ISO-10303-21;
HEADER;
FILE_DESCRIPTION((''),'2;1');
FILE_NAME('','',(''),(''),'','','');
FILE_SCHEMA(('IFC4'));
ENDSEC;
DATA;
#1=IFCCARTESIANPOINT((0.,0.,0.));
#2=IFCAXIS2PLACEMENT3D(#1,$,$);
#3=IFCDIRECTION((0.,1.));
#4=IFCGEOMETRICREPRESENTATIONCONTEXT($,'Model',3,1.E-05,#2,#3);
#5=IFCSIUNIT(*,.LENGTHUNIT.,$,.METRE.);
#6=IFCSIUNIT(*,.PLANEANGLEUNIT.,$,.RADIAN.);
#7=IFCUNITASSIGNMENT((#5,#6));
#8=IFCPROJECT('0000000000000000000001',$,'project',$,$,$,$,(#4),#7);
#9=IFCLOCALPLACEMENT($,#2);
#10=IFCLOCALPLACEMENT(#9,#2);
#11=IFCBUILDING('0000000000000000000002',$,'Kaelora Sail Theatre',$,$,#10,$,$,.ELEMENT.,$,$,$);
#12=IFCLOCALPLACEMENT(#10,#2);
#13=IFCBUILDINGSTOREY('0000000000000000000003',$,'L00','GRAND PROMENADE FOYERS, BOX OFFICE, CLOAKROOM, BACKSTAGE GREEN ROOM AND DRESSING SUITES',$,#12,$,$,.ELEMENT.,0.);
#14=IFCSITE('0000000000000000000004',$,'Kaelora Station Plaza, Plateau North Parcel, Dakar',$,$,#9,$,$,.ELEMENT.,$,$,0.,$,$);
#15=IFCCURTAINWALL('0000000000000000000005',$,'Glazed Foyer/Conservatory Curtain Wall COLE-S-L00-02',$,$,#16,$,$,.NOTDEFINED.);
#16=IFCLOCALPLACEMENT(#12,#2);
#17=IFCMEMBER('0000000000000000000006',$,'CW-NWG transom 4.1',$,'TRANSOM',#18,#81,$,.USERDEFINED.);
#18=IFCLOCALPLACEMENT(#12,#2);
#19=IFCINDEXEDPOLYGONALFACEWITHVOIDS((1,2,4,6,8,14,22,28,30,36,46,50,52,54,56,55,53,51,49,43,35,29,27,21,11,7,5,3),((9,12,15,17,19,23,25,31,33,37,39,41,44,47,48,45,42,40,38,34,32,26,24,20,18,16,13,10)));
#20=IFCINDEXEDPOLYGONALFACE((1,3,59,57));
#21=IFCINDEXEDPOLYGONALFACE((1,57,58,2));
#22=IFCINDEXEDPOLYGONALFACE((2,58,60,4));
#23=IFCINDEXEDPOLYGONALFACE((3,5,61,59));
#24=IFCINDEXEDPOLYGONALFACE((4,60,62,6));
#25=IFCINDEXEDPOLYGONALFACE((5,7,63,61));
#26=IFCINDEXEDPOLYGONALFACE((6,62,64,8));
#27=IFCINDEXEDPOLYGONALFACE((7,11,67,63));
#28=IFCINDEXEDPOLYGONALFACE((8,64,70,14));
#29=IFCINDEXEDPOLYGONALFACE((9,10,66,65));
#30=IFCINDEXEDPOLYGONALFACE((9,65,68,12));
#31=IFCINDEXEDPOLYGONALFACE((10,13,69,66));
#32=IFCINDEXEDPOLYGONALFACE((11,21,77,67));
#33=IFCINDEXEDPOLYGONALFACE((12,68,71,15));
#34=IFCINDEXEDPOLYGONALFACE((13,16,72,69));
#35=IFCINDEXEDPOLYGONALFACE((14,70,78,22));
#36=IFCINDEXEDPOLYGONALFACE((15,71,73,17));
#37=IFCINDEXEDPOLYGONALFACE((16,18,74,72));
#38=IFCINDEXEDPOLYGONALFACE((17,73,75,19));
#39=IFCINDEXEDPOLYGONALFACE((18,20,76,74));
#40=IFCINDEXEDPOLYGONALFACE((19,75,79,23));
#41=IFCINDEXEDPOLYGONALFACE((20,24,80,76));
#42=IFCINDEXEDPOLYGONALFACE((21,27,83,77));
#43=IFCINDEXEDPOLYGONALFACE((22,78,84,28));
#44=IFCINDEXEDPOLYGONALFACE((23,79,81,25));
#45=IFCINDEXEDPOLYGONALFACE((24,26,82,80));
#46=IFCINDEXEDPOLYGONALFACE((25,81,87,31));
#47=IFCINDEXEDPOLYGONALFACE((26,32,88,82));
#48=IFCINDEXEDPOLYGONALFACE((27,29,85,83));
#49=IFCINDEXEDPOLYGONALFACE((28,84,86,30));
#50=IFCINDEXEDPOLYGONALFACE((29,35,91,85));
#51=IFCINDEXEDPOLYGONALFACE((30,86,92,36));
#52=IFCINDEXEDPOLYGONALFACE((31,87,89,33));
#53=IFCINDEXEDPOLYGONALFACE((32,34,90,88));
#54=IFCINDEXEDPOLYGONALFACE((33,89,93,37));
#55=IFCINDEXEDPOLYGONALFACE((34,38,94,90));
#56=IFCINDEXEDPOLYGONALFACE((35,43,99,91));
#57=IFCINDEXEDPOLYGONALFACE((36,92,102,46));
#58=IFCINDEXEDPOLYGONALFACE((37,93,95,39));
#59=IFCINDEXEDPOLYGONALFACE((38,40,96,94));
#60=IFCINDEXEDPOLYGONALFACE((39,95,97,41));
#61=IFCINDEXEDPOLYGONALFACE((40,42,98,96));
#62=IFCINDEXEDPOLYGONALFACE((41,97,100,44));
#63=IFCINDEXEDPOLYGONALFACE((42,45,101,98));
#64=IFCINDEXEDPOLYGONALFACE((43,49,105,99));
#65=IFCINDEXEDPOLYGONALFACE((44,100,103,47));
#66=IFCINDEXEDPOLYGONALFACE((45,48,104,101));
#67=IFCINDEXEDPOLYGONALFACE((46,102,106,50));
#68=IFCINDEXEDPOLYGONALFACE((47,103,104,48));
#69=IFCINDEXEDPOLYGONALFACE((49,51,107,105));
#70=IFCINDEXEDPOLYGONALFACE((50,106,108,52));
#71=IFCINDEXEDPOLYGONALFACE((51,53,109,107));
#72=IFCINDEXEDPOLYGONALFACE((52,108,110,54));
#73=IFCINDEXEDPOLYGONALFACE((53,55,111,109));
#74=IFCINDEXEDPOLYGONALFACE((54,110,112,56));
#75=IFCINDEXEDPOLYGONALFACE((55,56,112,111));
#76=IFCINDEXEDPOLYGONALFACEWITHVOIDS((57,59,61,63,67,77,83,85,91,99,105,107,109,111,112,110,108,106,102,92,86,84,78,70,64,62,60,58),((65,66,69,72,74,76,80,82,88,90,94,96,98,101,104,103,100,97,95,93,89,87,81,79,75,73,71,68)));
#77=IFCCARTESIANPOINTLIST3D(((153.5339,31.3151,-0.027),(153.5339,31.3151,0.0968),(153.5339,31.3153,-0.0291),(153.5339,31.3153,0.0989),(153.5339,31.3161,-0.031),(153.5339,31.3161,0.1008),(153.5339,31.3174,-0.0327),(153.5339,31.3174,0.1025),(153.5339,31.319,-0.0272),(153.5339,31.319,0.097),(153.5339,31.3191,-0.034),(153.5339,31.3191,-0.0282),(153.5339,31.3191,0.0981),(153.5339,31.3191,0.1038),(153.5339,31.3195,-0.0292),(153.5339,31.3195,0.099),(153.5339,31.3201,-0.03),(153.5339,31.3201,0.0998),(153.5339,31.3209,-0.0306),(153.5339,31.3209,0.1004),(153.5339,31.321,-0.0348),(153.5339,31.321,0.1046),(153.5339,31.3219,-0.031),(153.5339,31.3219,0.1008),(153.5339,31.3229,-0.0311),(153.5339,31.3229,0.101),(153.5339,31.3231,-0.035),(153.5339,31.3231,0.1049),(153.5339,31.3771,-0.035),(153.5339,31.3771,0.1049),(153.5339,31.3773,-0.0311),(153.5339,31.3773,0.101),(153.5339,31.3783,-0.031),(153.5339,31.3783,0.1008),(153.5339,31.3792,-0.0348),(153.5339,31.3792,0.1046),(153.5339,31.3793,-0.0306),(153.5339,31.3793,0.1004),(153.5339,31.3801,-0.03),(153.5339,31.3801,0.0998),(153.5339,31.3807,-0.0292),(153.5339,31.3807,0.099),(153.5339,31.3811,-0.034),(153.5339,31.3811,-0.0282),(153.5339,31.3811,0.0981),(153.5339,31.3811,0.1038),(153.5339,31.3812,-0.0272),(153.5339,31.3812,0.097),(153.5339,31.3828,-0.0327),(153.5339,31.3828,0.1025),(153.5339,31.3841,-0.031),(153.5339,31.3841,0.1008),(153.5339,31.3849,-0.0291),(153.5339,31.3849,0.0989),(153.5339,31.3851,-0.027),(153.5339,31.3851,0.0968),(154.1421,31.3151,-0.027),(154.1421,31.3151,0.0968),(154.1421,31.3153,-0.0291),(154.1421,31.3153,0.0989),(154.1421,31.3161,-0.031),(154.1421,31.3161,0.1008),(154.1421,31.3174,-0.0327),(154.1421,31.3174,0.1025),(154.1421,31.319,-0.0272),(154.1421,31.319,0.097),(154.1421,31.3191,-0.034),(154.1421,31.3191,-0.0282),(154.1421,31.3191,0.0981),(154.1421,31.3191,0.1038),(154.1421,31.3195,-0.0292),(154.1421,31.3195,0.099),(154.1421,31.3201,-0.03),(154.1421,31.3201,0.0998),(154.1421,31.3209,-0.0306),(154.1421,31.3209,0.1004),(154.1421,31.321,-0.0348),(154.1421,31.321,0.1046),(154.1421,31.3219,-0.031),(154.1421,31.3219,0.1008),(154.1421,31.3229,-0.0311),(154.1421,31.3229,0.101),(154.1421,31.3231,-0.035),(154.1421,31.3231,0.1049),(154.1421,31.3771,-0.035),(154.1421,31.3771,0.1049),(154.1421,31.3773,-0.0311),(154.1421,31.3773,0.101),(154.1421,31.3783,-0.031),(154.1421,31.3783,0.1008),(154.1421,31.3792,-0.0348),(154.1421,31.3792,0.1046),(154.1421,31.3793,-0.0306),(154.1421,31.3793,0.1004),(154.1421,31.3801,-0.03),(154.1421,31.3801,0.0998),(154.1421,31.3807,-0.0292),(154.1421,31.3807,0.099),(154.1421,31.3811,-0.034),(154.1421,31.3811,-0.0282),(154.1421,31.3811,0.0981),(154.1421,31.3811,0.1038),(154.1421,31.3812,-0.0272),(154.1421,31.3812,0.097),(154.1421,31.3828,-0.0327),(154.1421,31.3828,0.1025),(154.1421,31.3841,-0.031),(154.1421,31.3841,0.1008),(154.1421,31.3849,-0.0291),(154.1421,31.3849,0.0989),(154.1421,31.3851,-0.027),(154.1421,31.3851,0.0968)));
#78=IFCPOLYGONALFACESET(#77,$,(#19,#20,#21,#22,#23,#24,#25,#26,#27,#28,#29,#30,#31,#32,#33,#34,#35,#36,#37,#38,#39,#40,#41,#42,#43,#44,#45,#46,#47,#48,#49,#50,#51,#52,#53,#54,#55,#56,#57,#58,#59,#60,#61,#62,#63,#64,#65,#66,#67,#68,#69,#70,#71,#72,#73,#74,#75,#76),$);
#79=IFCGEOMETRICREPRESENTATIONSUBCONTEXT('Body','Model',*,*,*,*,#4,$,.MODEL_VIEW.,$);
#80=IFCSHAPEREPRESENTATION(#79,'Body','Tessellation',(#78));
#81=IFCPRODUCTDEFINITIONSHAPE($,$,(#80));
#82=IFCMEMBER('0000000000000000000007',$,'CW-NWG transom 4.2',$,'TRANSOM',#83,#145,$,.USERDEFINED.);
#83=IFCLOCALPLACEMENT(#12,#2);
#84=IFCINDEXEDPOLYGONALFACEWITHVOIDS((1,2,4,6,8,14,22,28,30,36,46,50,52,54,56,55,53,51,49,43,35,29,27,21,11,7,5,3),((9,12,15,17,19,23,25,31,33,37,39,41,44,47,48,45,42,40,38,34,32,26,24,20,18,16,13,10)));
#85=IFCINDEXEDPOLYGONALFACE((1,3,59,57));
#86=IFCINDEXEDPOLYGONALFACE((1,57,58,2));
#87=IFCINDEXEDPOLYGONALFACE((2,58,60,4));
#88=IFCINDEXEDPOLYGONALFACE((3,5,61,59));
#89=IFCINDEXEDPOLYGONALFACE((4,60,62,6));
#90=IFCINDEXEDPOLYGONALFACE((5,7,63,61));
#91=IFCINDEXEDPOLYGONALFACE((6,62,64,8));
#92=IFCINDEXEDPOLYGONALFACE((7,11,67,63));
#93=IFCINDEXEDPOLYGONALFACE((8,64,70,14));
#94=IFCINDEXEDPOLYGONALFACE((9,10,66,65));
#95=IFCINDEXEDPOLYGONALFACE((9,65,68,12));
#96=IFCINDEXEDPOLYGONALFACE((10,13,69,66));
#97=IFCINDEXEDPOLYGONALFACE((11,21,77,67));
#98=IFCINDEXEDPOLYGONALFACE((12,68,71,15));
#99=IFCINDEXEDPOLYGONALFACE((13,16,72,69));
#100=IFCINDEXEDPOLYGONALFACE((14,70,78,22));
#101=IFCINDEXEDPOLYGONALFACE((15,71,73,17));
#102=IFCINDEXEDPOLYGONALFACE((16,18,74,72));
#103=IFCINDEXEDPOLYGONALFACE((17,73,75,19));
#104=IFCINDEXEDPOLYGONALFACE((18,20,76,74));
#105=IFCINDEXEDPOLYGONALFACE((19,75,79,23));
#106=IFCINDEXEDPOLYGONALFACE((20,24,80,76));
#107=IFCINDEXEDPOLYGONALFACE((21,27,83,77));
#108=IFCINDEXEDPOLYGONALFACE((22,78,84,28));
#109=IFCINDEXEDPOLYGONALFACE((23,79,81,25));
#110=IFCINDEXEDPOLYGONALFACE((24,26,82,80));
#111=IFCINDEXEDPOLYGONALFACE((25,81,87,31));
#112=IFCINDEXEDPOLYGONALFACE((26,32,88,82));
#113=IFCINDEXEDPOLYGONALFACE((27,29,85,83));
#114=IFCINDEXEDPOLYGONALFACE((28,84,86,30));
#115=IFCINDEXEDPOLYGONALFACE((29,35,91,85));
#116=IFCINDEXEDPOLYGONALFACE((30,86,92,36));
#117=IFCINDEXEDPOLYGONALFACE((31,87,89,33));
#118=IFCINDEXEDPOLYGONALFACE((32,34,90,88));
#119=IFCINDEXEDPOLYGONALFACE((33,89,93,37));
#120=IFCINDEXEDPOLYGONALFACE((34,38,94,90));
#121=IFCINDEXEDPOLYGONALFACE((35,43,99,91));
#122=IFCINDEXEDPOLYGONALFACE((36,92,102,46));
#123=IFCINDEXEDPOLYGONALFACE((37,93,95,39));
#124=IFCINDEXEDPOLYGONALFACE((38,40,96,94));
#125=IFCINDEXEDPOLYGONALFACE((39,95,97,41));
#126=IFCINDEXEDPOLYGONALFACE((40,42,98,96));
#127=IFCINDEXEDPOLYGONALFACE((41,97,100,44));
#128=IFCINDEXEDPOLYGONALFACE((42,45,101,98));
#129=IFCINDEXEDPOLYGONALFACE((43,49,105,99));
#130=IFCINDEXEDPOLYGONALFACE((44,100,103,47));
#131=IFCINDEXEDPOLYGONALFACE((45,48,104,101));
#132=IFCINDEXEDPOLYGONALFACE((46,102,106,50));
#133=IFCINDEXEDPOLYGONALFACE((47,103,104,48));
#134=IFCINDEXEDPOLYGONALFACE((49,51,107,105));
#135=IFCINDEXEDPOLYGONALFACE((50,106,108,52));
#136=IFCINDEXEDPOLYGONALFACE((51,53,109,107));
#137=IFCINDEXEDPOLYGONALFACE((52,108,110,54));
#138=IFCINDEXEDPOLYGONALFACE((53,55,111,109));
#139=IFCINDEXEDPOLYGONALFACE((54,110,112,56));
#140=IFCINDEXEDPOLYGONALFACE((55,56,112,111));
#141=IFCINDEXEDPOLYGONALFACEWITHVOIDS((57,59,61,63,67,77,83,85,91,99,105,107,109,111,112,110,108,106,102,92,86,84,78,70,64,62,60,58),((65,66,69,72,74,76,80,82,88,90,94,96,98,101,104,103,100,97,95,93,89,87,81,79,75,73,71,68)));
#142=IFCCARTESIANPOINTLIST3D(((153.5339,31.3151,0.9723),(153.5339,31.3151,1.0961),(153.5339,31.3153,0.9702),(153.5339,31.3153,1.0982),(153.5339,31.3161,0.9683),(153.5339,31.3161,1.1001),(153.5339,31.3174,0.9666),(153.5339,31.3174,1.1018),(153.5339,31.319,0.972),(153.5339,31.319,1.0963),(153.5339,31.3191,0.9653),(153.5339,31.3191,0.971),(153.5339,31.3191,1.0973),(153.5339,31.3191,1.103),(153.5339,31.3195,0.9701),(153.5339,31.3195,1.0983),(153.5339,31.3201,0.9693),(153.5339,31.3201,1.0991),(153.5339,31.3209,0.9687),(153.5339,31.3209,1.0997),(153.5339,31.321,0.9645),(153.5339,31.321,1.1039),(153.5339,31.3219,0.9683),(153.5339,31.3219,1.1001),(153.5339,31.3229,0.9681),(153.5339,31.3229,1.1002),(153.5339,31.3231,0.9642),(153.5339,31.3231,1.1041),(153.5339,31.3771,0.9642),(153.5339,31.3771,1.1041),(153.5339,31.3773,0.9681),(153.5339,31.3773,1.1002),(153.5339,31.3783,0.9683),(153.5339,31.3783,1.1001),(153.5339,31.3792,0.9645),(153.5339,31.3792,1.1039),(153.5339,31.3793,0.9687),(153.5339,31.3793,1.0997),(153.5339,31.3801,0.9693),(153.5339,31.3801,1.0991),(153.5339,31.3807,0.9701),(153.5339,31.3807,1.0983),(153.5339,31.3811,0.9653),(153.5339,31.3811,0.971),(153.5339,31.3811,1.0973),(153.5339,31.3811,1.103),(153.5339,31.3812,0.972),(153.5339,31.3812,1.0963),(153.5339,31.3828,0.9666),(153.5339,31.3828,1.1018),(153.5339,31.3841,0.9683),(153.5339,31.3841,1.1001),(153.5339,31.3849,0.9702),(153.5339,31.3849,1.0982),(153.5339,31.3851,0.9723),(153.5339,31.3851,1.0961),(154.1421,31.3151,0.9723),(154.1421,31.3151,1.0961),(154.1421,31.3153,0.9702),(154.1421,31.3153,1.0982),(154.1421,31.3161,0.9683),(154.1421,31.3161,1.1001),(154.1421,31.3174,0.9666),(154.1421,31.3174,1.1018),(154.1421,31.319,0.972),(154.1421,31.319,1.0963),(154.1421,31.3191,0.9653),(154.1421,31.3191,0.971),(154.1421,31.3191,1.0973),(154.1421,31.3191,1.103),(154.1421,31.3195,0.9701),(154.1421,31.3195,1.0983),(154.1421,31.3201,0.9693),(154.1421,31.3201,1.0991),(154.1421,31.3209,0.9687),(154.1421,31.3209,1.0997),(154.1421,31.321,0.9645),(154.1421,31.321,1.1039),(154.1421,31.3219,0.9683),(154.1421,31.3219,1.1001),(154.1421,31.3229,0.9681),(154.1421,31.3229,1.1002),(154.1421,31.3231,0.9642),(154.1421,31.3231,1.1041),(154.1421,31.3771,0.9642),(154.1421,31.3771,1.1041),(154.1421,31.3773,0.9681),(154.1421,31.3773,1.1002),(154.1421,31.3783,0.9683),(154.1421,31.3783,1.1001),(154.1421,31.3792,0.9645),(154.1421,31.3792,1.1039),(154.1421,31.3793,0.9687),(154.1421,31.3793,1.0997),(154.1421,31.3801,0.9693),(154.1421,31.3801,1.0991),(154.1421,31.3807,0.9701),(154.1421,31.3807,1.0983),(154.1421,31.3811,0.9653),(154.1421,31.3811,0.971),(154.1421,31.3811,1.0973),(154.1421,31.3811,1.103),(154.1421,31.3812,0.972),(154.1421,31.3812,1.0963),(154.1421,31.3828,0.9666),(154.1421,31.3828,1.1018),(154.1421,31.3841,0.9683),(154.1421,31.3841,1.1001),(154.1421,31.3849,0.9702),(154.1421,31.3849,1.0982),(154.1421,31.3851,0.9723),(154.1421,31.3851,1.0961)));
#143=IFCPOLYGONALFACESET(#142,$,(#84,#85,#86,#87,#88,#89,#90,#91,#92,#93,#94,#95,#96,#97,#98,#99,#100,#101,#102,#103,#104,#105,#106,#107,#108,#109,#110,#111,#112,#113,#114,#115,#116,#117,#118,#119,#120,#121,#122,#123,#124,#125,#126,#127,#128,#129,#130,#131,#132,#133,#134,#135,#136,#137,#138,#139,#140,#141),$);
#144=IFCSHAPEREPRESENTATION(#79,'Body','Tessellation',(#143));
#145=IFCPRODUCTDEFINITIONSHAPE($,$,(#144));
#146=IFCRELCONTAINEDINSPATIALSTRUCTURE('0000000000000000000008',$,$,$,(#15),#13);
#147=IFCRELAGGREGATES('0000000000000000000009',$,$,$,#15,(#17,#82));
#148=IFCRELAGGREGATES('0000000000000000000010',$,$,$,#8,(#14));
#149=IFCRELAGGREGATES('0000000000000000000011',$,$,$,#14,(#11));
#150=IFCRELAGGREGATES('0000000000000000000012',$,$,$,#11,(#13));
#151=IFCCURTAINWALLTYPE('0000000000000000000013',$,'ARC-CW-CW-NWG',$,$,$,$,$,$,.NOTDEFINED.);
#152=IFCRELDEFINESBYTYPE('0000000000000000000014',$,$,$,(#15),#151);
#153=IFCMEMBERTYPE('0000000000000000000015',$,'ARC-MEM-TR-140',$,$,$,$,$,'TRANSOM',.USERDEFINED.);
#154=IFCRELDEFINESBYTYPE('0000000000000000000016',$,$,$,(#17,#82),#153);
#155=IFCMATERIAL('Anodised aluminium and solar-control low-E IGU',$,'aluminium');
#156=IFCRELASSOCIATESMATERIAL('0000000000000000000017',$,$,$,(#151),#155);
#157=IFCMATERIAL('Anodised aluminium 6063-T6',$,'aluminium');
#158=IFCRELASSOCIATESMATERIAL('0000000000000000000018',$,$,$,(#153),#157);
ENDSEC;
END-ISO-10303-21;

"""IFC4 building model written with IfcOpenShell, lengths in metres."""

from ifc_helpers import new_model, si_unit, direction, frame, origin, origin_2d, place, context, subcontext, project, spatial, hollow_rectangle, extrude, material, material_profile, profile_set, type_object, element, aggregate, save


model = new_model("IFC4")

# Units and contexts
model_context = context("Model", 3, precision=1e-05, world=origin(), true_north=direction((0.0, 1.0)))
body_context = subcontext(model_context, "Body", "Model", "MODEL_VIEW")
ifc_project = project(units=[si_unit("LENGTHUNIT", "METRE"), si_unit("PLANEANGLEUNIT", "RADIAN")], contexts=[model_context])

# Site, building, storey
site_placement = place(None, origin())
site = spatial("IfcSite", under=ifc_project, at=site_placement, Name="Kaelora Station Plaza, Plateau North Parcel, Dakar", CompositionType="ELEMENT", RefElevation=0.0)
building_placement = place(site_placement, origin())
building = spatial("IfcBuilding", under=site, at=building_placement, Name="Kaelora Sail Theatre", CompositionType="ELEMENT")
storey_placement = place(building_placement, origin())
storey = spatial("IfcBuildingStorey", under=building, at=storey_placement, Name="L00", Description="GRAND PROMENADE FOYERS, BOX OFFICE, CLOAKROOM, BACKSTAGE GREEN ROOM AND DRESSING SUITES", CompositionType="ELEMENT", Elevation=0.0)

# Curtain wall, members
ifc_material_1 = material(Name="Anodised aluminium and solar-control low-E IGU", Category="aluminium")
curtain_wall_type = type_object("IfcCurtainWallType", Name="ARC-CW-CW-NWG", PredefinedType="NOTDEFINED", material=ifc_material_1)
curtain_wall_placement = place(storey_placement, origin())
curtain_wall = element("IfcCurtainWall", 1, at=curtain_wall_placement, inside=storey, type_object=curtain_wall_type, Name="Glazed Foyer/Conservatory Curtain Wall COLE-S-L00-02", PredefinedType="NOTDEFINED")
ifc_material_2 = material(Name="Anodised aluminium 6063-T6", Category="aluminium")
ifc_material_profile_1 = material_profile(ifc_material_2, hollow_rectangle(XDim=0.0701, YDim=0.1399, WallThickness=0.0039, InnerFilletRadius=0.0039, OuterFilletRadius=0.0081, at=origin_2d()), Name="ALU-TRAN 70x140x4")
ifc_profile_set_1 = profile_set([ifc_material_profile_1], Name="Anodised aluminium 6063-T6")
member_type_1 = type_object("IfcMemberType", Name="ARC-MEM-TR-140", ElementType="TRANSOM", PredefinedType="USERDEFINED", material=ifc_profile_set_1)
member_1_placement = place(storey_placement, frame((153.5339, 31.3501, 0.0349), z_axis=(1.0, 0.0, 0.0), x_axis=(0.0, 1.0, 0.0)))
member_1 = element("IfcMember", 2, at=member_1_placement, type_object=member_type_1, Name="CW-NWG transom 4.1", ObjectType="TRANSOM", PredefinedType="USERDEFINED", context=body_context, shape_type="SweptSolid", body=[
    extrude(hollow_rectangle(XDim=0.0701, YDim=0.1399, WallThickness=0.0039, InnerFilletRadius=0.0039, OuterFilletRadius=0.0081, at=origin_2d()), origin(), (0.0, 0.0, 1.0), 0.6082),
])
member_2_placement = place(storey_placement, frame((153.5339, 31.3501, 1.0342), z_axis=(1.0, 0.0, 0.0), x_axis=(0.0, 1.0, 0.0)))
member_2 = element("IfcMember", 3, at=member_2_placement, type_object=member_type_1, Name="CW-NWG transom 4.2", ObjectType="TRANSOM", PredefinedType="USERDEFINED", context=body_context, shape_type="SweptSolid", body=[
    extrude(hollow_rectangle(XDim=0.0701, YDim=0.1399, WallThickness=0.0039, InnerFilletRadius=0.0039, OuterFilletRadius=0.0081, at=origin_2d()), origin(), (0.0, 0.0, 1.0), 0.6082),
])
aggregate(curtain_wall, [member_1, member_2])

save(model, "model.ifc")
